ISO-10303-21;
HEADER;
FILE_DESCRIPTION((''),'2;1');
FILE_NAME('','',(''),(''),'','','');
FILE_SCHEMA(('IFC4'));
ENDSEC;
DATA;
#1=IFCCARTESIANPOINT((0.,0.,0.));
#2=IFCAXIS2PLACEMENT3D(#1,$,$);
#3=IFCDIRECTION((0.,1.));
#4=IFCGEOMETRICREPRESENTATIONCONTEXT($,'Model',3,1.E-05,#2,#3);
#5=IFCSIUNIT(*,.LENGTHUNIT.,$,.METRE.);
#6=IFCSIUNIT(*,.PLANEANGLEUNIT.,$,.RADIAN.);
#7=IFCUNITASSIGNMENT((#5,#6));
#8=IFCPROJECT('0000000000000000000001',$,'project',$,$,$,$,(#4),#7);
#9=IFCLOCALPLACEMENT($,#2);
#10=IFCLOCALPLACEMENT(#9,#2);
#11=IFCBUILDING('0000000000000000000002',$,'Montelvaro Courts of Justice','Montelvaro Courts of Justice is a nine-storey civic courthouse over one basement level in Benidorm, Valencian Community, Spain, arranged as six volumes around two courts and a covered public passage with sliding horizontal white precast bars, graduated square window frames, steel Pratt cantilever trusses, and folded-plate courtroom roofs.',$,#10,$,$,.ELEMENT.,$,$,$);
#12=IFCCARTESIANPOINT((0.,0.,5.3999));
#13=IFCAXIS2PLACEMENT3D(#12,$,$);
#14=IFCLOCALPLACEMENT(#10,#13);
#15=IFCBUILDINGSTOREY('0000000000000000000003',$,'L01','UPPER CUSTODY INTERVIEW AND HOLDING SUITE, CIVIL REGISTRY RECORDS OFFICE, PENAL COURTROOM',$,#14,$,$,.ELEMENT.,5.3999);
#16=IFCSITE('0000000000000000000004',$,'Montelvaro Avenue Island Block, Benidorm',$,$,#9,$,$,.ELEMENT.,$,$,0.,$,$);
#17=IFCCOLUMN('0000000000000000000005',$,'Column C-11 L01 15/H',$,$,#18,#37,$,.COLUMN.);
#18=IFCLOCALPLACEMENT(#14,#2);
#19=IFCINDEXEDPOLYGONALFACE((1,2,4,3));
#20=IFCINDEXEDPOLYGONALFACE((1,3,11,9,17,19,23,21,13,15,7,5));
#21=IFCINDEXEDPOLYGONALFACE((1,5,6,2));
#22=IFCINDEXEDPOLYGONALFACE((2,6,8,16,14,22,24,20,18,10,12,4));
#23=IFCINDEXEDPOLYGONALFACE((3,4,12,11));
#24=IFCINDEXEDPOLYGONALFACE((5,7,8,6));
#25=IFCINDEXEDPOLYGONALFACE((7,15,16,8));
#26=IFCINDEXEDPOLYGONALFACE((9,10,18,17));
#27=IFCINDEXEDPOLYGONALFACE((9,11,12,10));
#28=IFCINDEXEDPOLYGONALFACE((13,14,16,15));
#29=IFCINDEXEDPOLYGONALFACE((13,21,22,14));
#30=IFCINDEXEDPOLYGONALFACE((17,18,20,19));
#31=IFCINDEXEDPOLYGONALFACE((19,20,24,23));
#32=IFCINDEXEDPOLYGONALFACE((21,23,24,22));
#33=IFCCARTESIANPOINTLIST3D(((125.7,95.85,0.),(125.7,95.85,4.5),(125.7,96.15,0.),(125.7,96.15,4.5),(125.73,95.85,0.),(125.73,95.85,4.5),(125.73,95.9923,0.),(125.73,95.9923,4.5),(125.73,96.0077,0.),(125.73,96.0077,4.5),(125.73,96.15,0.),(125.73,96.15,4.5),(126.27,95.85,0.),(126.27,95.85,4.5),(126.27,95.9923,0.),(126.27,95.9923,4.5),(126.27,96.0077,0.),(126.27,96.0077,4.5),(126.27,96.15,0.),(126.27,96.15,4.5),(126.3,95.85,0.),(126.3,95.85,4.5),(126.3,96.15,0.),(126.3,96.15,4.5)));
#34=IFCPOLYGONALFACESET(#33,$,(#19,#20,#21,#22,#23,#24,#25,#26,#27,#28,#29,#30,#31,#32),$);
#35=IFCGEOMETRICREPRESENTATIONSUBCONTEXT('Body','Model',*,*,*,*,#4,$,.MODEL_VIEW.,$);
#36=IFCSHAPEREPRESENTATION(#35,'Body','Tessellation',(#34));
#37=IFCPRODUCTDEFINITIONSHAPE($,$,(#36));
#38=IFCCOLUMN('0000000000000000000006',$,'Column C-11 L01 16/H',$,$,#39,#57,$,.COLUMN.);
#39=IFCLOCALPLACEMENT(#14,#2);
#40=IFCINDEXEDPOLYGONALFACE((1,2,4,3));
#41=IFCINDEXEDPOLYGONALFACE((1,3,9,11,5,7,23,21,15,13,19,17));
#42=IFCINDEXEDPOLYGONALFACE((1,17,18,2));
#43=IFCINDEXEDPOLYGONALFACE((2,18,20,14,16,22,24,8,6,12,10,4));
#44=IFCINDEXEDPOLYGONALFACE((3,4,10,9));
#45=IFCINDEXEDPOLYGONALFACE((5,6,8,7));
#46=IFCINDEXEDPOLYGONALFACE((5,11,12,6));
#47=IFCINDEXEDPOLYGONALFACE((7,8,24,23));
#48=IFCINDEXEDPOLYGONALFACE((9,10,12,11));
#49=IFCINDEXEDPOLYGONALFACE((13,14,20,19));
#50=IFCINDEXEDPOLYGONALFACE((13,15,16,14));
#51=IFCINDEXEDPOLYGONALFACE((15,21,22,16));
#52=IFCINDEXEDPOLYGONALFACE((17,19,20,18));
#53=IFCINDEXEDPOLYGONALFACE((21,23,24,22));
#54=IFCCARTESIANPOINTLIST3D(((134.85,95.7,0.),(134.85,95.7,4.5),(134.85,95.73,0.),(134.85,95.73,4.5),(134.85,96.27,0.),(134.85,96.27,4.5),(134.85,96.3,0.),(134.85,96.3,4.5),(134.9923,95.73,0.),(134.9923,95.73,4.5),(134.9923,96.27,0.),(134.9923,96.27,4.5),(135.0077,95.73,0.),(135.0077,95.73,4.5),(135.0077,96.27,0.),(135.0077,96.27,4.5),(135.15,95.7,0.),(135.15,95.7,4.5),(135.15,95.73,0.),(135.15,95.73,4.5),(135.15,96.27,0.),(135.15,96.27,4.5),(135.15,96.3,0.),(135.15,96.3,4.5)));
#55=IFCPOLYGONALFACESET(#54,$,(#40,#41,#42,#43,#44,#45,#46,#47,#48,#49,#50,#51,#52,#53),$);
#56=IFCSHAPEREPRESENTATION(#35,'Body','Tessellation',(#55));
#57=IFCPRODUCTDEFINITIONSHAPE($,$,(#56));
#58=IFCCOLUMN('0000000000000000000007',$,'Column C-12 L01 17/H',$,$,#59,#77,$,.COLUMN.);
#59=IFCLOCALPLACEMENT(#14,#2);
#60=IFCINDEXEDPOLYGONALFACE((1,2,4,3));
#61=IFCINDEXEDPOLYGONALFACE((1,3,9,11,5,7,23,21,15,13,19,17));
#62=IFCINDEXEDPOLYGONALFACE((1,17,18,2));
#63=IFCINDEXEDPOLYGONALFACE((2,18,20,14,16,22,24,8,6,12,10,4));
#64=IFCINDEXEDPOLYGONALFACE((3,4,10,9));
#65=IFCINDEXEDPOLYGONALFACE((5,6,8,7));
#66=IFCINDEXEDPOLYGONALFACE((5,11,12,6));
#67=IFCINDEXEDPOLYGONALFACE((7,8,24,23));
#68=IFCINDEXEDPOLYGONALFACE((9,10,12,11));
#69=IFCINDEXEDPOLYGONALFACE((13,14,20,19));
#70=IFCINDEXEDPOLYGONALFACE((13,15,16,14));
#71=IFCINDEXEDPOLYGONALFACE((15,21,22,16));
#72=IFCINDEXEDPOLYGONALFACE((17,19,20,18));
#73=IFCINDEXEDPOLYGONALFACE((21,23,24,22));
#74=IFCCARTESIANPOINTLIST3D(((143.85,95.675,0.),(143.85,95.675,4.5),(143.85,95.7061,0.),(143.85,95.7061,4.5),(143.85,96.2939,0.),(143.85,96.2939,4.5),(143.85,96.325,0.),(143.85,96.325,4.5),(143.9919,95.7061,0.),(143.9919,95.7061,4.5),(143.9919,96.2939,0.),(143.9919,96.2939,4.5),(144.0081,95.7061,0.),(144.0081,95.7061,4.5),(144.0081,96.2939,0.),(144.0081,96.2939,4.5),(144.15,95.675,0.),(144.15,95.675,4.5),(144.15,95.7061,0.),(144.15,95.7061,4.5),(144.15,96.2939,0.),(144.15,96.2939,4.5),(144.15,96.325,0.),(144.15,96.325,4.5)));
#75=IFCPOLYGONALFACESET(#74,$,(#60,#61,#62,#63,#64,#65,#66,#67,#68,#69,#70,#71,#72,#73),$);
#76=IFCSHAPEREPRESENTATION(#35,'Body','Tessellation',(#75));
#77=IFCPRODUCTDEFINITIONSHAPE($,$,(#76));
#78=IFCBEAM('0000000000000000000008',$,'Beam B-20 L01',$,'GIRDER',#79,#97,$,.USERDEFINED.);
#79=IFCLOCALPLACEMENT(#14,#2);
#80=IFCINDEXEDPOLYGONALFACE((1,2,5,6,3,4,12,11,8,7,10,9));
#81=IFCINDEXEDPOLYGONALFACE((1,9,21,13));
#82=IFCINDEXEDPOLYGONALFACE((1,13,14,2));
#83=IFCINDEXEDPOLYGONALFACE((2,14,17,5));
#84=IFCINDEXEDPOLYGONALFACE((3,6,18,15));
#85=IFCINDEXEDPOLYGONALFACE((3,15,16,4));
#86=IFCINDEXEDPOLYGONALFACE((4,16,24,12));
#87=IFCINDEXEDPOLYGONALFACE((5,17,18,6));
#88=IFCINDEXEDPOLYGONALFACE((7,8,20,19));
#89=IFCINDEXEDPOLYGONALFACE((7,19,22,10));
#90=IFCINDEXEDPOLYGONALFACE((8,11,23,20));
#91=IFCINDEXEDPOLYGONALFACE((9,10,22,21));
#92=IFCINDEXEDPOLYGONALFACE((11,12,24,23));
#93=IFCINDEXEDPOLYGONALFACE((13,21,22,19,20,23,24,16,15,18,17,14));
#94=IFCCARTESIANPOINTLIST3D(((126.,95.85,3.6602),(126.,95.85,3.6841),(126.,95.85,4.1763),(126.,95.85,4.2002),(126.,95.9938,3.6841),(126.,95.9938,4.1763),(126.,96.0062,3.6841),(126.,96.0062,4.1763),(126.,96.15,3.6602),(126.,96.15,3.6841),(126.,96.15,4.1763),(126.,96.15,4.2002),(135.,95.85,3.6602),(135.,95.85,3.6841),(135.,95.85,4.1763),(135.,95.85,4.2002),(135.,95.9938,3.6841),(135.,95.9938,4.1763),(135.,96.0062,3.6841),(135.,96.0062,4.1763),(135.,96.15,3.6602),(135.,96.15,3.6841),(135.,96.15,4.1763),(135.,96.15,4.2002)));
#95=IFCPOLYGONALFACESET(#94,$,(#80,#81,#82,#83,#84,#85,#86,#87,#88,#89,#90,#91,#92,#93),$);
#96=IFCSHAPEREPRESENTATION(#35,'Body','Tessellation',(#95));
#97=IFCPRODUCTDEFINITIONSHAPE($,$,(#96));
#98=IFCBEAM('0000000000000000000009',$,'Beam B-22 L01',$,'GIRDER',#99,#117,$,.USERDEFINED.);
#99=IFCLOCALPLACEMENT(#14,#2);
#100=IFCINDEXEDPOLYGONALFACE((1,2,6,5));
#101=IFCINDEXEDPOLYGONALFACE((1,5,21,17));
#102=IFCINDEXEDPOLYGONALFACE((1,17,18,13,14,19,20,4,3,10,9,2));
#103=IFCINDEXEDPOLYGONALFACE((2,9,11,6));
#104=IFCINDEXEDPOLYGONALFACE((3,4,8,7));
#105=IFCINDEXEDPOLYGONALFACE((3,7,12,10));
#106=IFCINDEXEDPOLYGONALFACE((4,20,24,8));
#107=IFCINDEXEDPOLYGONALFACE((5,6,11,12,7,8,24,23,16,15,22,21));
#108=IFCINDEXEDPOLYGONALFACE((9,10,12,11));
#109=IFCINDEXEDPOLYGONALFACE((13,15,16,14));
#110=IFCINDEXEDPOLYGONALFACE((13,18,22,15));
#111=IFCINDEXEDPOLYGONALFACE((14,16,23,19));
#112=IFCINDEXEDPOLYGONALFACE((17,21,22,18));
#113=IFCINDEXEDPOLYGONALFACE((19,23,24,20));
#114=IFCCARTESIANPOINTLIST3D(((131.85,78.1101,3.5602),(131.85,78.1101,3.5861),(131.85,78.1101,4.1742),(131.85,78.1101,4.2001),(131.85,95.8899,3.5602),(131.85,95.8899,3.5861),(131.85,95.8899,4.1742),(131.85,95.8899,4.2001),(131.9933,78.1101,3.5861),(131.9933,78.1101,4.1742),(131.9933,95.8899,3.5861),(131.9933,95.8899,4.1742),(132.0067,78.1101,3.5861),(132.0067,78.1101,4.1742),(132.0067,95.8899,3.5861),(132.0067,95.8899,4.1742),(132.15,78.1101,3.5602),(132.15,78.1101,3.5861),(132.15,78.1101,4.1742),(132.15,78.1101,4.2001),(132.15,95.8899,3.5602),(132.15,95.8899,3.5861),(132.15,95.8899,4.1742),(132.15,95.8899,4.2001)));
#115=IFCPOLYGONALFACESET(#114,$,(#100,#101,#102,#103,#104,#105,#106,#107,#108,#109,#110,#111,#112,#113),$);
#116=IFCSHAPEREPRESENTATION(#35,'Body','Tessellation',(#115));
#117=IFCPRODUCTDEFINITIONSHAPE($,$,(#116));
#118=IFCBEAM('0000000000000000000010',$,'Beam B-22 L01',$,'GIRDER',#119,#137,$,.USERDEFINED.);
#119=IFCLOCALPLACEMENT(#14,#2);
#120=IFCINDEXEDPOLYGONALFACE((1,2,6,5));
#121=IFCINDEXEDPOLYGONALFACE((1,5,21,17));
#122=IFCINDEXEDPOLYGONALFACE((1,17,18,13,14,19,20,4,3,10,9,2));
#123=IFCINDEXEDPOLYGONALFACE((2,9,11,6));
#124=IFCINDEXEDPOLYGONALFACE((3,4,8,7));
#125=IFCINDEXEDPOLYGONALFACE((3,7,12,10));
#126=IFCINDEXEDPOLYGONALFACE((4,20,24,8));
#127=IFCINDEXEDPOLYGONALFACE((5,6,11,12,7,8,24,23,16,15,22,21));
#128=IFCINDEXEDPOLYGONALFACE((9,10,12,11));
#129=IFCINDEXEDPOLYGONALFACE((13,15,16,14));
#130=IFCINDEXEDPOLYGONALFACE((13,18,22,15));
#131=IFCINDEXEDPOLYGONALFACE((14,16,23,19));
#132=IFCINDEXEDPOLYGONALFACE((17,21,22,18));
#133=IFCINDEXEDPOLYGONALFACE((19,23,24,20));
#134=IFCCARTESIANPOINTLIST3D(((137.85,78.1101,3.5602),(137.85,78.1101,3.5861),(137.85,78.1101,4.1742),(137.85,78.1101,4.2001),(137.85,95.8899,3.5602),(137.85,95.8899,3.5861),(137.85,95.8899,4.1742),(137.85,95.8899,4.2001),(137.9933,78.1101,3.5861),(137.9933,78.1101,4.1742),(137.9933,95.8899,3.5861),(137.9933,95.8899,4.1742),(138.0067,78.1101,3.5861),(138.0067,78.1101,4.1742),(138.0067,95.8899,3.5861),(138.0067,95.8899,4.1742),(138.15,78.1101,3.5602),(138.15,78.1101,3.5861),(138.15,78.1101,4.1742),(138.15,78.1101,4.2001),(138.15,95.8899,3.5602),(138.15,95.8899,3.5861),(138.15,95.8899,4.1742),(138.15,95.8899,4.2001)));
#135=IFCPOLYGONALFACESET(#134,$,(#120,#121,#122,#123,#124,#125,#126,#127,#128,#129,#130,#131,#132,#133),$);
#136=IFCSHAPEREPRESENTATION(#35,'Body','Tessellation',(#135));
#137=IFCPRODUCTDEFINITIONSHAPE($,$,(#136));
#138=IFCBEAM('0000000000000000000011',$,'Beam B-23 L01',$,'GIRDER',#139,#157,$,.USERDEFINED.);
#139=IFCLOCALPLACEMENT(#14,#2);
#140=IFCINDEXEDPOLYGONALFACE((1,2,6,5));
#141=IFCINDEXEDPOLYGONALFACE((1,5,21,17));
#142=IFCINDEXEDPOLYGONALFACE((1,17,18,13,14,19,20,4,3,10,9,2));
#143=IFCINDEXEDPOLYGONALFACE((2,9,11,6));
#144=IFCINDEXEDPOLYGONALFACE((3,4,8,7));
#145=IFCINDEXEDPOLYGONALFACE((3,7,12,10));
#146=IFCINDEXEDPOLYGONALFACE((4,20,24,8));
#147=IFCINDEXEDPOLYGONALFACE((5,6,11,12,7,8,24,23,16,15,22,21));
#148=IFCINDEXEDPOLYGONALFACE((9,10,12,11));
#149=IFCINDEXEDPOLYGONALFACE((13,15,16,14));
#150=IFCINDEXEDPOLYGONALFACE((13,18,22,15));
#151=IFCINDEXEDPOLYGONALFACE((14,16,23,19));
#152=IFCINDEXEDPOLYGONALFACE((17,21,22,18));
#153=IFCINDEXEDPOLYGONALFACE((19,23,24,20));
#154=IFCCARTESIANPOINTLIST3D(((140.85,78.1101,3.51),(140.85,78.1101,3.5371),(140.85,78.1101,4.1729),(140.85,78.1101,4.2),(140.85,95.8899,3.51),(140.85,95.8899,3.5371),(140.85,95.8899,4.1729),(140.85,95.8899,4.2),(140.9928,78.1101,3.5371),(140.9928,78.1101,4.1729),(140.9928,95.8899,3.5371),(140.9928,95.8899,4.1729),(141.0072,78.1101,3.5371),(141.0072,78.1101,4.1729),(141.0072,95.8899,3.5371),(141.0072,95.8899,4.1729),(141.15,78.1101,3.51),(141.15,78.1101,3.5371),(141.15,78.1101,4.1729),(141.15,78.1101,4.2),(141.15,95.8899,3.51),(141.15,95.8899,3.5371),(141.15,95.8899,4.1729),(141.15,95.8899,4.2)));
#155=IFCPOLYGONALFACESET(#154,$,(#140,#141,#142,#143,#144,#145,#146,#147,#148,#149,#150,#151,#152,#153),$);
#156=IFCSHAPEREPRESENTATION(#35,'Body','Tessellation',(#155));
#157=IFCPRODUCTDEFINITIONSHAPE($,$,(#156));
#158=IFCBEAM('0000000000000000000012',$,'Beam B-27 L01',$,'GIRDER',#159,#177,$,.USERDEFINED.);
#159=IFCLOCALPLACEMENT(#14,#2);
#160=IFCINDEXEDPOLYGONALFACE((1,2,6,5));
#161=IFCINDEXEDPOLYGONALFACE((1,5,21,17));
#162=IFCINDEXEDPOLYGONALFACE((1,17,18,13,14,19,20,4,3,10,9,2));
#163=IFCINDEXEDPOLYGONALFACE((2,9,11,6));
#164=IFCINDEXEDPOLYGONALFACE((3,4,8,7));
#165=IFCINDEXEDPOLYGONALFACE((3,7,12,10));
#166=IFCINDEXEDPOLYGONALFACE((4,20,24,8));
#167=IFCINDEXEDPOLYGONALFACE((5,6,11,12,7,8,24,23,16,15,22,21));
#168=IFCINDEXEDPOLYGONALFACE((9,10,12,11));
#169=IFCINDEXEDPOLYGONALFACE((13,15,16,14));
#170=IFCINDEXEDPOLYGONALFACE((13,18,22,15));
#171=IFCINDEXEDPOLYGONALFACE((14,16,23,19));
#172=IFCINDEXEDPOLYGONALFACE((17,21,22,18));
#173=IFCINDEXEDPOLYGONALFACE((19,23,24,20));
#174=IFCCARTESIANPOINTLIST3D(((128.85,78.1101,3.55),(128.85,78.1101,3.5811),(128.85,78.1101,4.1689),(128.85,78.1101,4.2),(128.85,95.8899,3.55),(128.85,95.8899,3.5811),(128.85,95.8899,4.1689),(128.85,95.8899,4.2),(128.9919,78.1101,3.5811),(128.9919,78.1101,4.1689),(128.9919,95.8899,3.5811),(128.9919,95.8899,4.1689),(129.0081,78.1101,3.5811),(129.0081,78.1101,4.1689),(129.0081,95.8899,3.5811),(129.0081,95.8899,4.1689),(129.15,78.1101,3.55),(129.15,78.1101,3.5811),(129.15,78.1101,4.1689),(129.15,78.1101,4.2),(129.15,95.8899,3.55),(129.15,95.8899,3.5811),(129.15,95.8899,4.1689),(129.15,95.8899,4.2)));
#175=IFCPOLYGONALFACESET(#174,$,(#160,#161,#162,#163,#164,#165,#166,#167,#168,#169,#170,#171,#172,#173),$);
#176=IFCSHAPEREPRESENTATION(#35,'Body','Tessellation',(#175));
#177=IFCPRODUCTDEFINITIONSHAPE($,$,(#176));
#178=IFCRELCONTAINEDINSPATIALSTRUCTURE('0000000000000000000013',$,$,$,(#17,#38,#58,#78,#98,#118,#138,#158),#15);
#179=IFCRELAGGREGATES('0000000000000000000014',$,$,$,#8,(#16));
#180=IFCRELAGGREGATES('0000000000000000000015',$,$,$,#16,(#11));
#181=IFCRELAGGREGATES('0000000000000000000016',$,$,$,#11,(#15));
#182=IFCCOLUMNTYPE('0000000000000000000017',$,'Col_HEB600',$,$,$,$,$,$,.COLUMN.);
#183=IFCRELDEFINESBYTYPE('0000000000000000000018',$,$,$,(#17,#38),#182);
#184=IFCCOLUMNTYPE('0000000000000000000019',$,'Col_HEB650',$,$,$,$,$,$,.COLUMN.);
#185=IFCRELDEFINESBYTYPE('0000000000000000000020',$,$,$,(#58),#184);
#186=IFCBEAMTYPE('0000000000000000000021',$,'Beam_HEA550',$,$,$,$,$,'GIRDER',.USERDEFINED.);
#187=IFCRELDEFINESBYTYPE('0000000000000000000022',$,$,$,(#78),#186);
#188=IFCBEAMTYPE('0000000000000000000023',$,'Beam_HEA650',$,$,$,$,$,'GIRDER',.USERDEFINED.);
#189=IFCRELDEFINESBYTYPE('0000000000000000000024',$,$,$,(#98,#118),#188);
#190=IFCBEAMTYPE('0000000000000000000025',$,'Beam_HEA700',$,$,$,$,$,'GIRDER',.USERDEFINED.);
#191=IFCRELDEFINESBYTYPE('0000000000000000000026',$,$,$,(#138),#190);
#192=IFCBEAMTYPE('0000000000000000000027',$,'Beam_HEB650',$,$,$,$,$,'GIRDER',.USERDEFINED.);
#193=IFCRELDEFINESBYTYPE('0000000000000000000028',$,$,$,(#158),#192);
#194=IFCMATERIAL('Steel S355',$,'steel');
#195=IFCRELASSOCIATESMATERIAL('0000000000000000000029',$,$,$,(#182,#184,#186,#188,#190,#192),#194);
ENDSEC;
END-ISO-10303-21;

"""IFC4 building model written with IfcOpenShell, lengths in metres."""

from ifc_helpers import new_model, si_unit, direction, frame, origin, origin_2d, place, context, subcontext, project, spatial, i_section, extrude, material, material_profile, profile_set, type_object, element, save


model = new_model("IFC4")

# Units and contexts
model_context = context("Model", 3, precision=1e-05, world=origin(), true_north=direction((0.0, 1.0)))
body_context = subcontext(model_context, "Body", "Model", "MODEL_VIEW")
ifc_project = project(units=[si_unit("LENGTHUNIT", "METRE"), si_unit("PLANEANGLEUNIT", "RADIAN")], contexts=[model_context])

# Site, building, storey
site_placement = place(None, origin())
site = spatial("IfcSite", under=ifc_project, at=site_placement, Name="Montelvaro Avenue Island Block, Benidorm", CompositionType="ELEMENT", RefElevation=0.0)
building_placement = place(site_placement, origin())
building = spatial("IfcBuilding", under=site, at=building_placement, Name="Montelvaro Courts of Justice", Description="Montelvaro Courts of Justice is a nine-storey civic courthouse over one basement level in Benidorm, Valencian Community, Spain, arranged as six volumes around two courts and a covered public passage with sliding horizontal white precast bars, graduated square window frames, steel Pratt cantilever trusses, and folded-plate courtroom roofs.", CompositionType="ELEMENT")
storey_placement = place(building_placement, frame((0.0, 0.0, 5.3999)))
storey = spatial("IfcBuildingStorey", under=building, at=storey_placement, Name="L01", Description="UPPER CUSTODY INTERVIEW AND HOLDING SUITE, CIVIL REGISTRY RECORDS OFFICE, PENAL COURTROOM", CompositionType="ELEMENT", Elevation=5.3999)

# Columns
ifc_material_1 = material(Name="Steel S355", Category="steel")
ifc_material_profile_1 = material_profile(ifc_material_1, i_section(OverallWidth=0.3, OverallDepth=0.6001, WebThickness=0.0154, FlangeThickness=0.03, at=origin_2d()), Name="HEB 600")
ifc_profile_set_1 = profile_set([ifc_material_profile_1], Name="Steel S355")
column_type_1 = type_object("IfcColumnType", Name="Col_HEB600", PredefinedType="COLUMN", material=ifc_profile_set_1)
for number, where, z_axis, x_axis, name in (
    (1, (126.0, 96.0, 0.0), (0.0, 0.0, 1.0), (0.0, 1.0, 0.0), "Column C-11 L01 15/H"),
    (2, (135.0, 96.0, 0.0), (0.0, 0.0, 1.0), (1.0, 0.0, 0.0), "Column C-11 L01 16/H"),
):
    element("IfcColumn", number, at=place(storey_placement, frame(where, z_axis=z_axis, x_axis=x_axis)), inside=storey, type_object=column_type_1, Name=name, PredefinedType="COLUMN", context=body_context, shape_type="SweptSolid", body=[
        extrude(i_section(OverallWidth=0.3, OverallDepth=0.6001, WebThickness=0.0154, FlangeThickness=0.03, at=origin_2d()), origin(), (0.0, 0.0, 1.0), 4.5),
    ])
ifc_material_profile_2 = material_profile(ifc_material_1, i_section(OverallWidth=0.3, OverallDepth=0.6499, WebThickness=0.0161, FlangeThickness=0.031, at=origin_2d()), Name="HEB 650")
ifc_profile_set_2 = profile_set([ifc_material_profile_2], Name="Steel S355")
column_type_2 = type_object("IfcColumnType", Name="Col_HEB650", PredefinedType="COLUMN", material=ifc_profile_set_2)
column_placement = place(storey_placement, frame((144.0, 96.0, 0.0), z_axis=(0.0, 0.0, 1.0), x_axis=(1.0, 0.0, 0.0)))
element("IfcColumn", 3, at=column_placement, inside=storey, type_object=column_type_2, Name="Column C-12 L01 17/H", PredefinedType="COLUMN", context=body_context, shape_type="SweptSolid", body=[
    extrude(i_section(OverallWidth=0.3, OverallDepth=0.6499, WebThickness=0.0161, FlangeThickness=0.031, at=origin_2d()), origin(), (0.0, 0.0, 1.0), 4.5),
])

# Beams
ifc_material_profile_3 = material_profile(ifc_material_1, i_section(OverallWidth=0.3, OverallDepth=0.54, WebThickness=0.0125, FlangeThickness=0.0239, at=origin_2d()), Name="HEA 550")
ifc_profile_set_3 = profile_set([ifc_material_profile_3], Name="Steel S355")
beam_type_1 = type_object("IfcBeamType", Name="Beam_HEA550", ElementType="GIRDER", PredefinedType="USERDEFINED", material=ifc_profile_set_3)
beam_1_placement = place(storey_placement, frame((126.0, 96.0, 3.9302), z_axis=(1.0, 0.0, 0.0), x_axis=(0.0, 1.0, 0.0)))
element("IfcBeam", 4, at=beam_1_placement, inside=storey, type_object=beam_type_1, Name="Beam B-20 L01", ObjectType="GIRDER", PredefinedType="USERDEFINED", context=body_context, shape_type="SweptSolid", body=[
    extrude(i_section(OverallWidth=0.3, OverallDepth=0.54, WebThickness=0.0125, FlangeThickness=0.0239, at=origin_2d()), origin(), (0.0, 0.0, 1.0), 9.0),
])
ifc_material_profile_4 = material_profile(ifc_material_1, i_section(OverallWidth=0.3, OverallDepth=0.6399, WebThickness=0.0134, FlangeThickness=0.0259, at=origin_2d()), Name="HEA 650")
ifc_profile_set_4 = profile_set([ifc_material_profile_4], Name="Steel S355")
beam_type_2 = type_object("IfcBeamType", Name="Beam_HEA650", ElementType="GIRDER", PredefinedType="USERDEFINED", material=ifc_profile_set_4)
for number, where, z_axis, x_axis, name in (
    (5, (132.0, 78.1101, 3.8801), (0.0, 1.0, 0.0), (-1.0, 0.0, 0.0), "Beam B-22 L01"),
    (6, (138.0, 78.1101, 3.8801), (0.0, 1.0, 0.0), (-1.0, 0.0, 0.0), "Beam B-22 L01"),
):
    element("IfcBeam", number, at=place(storey_placement, frame(where, z_axis=z_axis, x_axis=x_axis)), inside=storey, type_object=beam_type_2, Name=name, ObjectType="GIRDER", PredefinedType="USERDEFINED", context=body_context, shape_type="SweptSolid", body=[
        extrude(i_section(OverallWidth=0.3, OverallDepth=0.6399, WebThickness=0.0134, FlangeThickness=0.0259, at=origin_2d()), origin(), (0.0, 0.0, 1.0), 17.7798),
    ])
ifc_material_profile_5 = material_profile(ifc_material_1, i_section(OverallWidth=0.3, OverallDepth=0.6899, WebThickness=0.0144, FlangeThickness=0.0271, at=origin_2d()), Name="HEA 700")
ifc_profile_set_5 = profile_set([ifc_material_profile_5], Name="Steel S355")
beam_type_3 = type_object("IfcBeamType", Name="Beam_HEA700", ElementType="GIRDER", PredefinedType="USERDEFINED", material=ifc_profile_set_5)
beam_2_placement = place(storey_placement, frame((141.0, 78.1101, 3.855), z_axis=(0.0, 1.0, 0.0), x_axis=(-1.0, 0.0, 0.0)))
element("IfcBeam", 7, at=beam_2_placement, inside=storey, type_object=beam_type_3, Name="Beam B-23 L01", ObjectType="GIRDER", PredefinedType="USERDEFINED", context=body_context, shape_type="SweptSolid", body=[
    extrude(i_section(OverallWidth=0.3, OverallDepth=0.6899, WebThickness=0.0144, FlangeThickness=0.0271, at=origin_2d()), origin(), (0.0, 0.0, 1.0), 17.7798),
])
ifc_material_profile_6 = material_profile(ifc_material_1, i_section(OverallWidth=0.3, OverallDepth=0.6499, WebThickness=0.0161, FlangeThickness=0.031, at=origin_2d()), Name="HEB 650")
ifc_profile_set_6 = profile_set([ifc_material_profile_6], Name="Steel S355")
beam_type_4 = type_object("IfcBeamType", Name="Beam_HEB650", ElementType="GIRDER", PredefinedType="USERDEFINED", material=ifc_profile_set_6)
beam_3_placement = place(storey_placement, frame((129.0, 78.1101, 3.875), z_axis=(0.0, 1.0, 0.0), x_axis=(-1.0, 0.0, 0.0)))
element("IfcBeam", 8, at=beam_3_placement, inside=storey, type_object=beam_type_4, Name="Beam B-27 L01", ObjectType="GIRDER", PredefinedType="USERDEFINED", context=body_context, shape_type="SweptSolid", body=[
    extrude(i_section(OverallWidth=0.3, OverallDepth=0.6499, WebThickness=0.0161, FlangeThickness=0.031, at=origin_2d()), origin(), (0.0, 0.0, 1.0), 17.7798),
])

save(model, "model.ifc")
